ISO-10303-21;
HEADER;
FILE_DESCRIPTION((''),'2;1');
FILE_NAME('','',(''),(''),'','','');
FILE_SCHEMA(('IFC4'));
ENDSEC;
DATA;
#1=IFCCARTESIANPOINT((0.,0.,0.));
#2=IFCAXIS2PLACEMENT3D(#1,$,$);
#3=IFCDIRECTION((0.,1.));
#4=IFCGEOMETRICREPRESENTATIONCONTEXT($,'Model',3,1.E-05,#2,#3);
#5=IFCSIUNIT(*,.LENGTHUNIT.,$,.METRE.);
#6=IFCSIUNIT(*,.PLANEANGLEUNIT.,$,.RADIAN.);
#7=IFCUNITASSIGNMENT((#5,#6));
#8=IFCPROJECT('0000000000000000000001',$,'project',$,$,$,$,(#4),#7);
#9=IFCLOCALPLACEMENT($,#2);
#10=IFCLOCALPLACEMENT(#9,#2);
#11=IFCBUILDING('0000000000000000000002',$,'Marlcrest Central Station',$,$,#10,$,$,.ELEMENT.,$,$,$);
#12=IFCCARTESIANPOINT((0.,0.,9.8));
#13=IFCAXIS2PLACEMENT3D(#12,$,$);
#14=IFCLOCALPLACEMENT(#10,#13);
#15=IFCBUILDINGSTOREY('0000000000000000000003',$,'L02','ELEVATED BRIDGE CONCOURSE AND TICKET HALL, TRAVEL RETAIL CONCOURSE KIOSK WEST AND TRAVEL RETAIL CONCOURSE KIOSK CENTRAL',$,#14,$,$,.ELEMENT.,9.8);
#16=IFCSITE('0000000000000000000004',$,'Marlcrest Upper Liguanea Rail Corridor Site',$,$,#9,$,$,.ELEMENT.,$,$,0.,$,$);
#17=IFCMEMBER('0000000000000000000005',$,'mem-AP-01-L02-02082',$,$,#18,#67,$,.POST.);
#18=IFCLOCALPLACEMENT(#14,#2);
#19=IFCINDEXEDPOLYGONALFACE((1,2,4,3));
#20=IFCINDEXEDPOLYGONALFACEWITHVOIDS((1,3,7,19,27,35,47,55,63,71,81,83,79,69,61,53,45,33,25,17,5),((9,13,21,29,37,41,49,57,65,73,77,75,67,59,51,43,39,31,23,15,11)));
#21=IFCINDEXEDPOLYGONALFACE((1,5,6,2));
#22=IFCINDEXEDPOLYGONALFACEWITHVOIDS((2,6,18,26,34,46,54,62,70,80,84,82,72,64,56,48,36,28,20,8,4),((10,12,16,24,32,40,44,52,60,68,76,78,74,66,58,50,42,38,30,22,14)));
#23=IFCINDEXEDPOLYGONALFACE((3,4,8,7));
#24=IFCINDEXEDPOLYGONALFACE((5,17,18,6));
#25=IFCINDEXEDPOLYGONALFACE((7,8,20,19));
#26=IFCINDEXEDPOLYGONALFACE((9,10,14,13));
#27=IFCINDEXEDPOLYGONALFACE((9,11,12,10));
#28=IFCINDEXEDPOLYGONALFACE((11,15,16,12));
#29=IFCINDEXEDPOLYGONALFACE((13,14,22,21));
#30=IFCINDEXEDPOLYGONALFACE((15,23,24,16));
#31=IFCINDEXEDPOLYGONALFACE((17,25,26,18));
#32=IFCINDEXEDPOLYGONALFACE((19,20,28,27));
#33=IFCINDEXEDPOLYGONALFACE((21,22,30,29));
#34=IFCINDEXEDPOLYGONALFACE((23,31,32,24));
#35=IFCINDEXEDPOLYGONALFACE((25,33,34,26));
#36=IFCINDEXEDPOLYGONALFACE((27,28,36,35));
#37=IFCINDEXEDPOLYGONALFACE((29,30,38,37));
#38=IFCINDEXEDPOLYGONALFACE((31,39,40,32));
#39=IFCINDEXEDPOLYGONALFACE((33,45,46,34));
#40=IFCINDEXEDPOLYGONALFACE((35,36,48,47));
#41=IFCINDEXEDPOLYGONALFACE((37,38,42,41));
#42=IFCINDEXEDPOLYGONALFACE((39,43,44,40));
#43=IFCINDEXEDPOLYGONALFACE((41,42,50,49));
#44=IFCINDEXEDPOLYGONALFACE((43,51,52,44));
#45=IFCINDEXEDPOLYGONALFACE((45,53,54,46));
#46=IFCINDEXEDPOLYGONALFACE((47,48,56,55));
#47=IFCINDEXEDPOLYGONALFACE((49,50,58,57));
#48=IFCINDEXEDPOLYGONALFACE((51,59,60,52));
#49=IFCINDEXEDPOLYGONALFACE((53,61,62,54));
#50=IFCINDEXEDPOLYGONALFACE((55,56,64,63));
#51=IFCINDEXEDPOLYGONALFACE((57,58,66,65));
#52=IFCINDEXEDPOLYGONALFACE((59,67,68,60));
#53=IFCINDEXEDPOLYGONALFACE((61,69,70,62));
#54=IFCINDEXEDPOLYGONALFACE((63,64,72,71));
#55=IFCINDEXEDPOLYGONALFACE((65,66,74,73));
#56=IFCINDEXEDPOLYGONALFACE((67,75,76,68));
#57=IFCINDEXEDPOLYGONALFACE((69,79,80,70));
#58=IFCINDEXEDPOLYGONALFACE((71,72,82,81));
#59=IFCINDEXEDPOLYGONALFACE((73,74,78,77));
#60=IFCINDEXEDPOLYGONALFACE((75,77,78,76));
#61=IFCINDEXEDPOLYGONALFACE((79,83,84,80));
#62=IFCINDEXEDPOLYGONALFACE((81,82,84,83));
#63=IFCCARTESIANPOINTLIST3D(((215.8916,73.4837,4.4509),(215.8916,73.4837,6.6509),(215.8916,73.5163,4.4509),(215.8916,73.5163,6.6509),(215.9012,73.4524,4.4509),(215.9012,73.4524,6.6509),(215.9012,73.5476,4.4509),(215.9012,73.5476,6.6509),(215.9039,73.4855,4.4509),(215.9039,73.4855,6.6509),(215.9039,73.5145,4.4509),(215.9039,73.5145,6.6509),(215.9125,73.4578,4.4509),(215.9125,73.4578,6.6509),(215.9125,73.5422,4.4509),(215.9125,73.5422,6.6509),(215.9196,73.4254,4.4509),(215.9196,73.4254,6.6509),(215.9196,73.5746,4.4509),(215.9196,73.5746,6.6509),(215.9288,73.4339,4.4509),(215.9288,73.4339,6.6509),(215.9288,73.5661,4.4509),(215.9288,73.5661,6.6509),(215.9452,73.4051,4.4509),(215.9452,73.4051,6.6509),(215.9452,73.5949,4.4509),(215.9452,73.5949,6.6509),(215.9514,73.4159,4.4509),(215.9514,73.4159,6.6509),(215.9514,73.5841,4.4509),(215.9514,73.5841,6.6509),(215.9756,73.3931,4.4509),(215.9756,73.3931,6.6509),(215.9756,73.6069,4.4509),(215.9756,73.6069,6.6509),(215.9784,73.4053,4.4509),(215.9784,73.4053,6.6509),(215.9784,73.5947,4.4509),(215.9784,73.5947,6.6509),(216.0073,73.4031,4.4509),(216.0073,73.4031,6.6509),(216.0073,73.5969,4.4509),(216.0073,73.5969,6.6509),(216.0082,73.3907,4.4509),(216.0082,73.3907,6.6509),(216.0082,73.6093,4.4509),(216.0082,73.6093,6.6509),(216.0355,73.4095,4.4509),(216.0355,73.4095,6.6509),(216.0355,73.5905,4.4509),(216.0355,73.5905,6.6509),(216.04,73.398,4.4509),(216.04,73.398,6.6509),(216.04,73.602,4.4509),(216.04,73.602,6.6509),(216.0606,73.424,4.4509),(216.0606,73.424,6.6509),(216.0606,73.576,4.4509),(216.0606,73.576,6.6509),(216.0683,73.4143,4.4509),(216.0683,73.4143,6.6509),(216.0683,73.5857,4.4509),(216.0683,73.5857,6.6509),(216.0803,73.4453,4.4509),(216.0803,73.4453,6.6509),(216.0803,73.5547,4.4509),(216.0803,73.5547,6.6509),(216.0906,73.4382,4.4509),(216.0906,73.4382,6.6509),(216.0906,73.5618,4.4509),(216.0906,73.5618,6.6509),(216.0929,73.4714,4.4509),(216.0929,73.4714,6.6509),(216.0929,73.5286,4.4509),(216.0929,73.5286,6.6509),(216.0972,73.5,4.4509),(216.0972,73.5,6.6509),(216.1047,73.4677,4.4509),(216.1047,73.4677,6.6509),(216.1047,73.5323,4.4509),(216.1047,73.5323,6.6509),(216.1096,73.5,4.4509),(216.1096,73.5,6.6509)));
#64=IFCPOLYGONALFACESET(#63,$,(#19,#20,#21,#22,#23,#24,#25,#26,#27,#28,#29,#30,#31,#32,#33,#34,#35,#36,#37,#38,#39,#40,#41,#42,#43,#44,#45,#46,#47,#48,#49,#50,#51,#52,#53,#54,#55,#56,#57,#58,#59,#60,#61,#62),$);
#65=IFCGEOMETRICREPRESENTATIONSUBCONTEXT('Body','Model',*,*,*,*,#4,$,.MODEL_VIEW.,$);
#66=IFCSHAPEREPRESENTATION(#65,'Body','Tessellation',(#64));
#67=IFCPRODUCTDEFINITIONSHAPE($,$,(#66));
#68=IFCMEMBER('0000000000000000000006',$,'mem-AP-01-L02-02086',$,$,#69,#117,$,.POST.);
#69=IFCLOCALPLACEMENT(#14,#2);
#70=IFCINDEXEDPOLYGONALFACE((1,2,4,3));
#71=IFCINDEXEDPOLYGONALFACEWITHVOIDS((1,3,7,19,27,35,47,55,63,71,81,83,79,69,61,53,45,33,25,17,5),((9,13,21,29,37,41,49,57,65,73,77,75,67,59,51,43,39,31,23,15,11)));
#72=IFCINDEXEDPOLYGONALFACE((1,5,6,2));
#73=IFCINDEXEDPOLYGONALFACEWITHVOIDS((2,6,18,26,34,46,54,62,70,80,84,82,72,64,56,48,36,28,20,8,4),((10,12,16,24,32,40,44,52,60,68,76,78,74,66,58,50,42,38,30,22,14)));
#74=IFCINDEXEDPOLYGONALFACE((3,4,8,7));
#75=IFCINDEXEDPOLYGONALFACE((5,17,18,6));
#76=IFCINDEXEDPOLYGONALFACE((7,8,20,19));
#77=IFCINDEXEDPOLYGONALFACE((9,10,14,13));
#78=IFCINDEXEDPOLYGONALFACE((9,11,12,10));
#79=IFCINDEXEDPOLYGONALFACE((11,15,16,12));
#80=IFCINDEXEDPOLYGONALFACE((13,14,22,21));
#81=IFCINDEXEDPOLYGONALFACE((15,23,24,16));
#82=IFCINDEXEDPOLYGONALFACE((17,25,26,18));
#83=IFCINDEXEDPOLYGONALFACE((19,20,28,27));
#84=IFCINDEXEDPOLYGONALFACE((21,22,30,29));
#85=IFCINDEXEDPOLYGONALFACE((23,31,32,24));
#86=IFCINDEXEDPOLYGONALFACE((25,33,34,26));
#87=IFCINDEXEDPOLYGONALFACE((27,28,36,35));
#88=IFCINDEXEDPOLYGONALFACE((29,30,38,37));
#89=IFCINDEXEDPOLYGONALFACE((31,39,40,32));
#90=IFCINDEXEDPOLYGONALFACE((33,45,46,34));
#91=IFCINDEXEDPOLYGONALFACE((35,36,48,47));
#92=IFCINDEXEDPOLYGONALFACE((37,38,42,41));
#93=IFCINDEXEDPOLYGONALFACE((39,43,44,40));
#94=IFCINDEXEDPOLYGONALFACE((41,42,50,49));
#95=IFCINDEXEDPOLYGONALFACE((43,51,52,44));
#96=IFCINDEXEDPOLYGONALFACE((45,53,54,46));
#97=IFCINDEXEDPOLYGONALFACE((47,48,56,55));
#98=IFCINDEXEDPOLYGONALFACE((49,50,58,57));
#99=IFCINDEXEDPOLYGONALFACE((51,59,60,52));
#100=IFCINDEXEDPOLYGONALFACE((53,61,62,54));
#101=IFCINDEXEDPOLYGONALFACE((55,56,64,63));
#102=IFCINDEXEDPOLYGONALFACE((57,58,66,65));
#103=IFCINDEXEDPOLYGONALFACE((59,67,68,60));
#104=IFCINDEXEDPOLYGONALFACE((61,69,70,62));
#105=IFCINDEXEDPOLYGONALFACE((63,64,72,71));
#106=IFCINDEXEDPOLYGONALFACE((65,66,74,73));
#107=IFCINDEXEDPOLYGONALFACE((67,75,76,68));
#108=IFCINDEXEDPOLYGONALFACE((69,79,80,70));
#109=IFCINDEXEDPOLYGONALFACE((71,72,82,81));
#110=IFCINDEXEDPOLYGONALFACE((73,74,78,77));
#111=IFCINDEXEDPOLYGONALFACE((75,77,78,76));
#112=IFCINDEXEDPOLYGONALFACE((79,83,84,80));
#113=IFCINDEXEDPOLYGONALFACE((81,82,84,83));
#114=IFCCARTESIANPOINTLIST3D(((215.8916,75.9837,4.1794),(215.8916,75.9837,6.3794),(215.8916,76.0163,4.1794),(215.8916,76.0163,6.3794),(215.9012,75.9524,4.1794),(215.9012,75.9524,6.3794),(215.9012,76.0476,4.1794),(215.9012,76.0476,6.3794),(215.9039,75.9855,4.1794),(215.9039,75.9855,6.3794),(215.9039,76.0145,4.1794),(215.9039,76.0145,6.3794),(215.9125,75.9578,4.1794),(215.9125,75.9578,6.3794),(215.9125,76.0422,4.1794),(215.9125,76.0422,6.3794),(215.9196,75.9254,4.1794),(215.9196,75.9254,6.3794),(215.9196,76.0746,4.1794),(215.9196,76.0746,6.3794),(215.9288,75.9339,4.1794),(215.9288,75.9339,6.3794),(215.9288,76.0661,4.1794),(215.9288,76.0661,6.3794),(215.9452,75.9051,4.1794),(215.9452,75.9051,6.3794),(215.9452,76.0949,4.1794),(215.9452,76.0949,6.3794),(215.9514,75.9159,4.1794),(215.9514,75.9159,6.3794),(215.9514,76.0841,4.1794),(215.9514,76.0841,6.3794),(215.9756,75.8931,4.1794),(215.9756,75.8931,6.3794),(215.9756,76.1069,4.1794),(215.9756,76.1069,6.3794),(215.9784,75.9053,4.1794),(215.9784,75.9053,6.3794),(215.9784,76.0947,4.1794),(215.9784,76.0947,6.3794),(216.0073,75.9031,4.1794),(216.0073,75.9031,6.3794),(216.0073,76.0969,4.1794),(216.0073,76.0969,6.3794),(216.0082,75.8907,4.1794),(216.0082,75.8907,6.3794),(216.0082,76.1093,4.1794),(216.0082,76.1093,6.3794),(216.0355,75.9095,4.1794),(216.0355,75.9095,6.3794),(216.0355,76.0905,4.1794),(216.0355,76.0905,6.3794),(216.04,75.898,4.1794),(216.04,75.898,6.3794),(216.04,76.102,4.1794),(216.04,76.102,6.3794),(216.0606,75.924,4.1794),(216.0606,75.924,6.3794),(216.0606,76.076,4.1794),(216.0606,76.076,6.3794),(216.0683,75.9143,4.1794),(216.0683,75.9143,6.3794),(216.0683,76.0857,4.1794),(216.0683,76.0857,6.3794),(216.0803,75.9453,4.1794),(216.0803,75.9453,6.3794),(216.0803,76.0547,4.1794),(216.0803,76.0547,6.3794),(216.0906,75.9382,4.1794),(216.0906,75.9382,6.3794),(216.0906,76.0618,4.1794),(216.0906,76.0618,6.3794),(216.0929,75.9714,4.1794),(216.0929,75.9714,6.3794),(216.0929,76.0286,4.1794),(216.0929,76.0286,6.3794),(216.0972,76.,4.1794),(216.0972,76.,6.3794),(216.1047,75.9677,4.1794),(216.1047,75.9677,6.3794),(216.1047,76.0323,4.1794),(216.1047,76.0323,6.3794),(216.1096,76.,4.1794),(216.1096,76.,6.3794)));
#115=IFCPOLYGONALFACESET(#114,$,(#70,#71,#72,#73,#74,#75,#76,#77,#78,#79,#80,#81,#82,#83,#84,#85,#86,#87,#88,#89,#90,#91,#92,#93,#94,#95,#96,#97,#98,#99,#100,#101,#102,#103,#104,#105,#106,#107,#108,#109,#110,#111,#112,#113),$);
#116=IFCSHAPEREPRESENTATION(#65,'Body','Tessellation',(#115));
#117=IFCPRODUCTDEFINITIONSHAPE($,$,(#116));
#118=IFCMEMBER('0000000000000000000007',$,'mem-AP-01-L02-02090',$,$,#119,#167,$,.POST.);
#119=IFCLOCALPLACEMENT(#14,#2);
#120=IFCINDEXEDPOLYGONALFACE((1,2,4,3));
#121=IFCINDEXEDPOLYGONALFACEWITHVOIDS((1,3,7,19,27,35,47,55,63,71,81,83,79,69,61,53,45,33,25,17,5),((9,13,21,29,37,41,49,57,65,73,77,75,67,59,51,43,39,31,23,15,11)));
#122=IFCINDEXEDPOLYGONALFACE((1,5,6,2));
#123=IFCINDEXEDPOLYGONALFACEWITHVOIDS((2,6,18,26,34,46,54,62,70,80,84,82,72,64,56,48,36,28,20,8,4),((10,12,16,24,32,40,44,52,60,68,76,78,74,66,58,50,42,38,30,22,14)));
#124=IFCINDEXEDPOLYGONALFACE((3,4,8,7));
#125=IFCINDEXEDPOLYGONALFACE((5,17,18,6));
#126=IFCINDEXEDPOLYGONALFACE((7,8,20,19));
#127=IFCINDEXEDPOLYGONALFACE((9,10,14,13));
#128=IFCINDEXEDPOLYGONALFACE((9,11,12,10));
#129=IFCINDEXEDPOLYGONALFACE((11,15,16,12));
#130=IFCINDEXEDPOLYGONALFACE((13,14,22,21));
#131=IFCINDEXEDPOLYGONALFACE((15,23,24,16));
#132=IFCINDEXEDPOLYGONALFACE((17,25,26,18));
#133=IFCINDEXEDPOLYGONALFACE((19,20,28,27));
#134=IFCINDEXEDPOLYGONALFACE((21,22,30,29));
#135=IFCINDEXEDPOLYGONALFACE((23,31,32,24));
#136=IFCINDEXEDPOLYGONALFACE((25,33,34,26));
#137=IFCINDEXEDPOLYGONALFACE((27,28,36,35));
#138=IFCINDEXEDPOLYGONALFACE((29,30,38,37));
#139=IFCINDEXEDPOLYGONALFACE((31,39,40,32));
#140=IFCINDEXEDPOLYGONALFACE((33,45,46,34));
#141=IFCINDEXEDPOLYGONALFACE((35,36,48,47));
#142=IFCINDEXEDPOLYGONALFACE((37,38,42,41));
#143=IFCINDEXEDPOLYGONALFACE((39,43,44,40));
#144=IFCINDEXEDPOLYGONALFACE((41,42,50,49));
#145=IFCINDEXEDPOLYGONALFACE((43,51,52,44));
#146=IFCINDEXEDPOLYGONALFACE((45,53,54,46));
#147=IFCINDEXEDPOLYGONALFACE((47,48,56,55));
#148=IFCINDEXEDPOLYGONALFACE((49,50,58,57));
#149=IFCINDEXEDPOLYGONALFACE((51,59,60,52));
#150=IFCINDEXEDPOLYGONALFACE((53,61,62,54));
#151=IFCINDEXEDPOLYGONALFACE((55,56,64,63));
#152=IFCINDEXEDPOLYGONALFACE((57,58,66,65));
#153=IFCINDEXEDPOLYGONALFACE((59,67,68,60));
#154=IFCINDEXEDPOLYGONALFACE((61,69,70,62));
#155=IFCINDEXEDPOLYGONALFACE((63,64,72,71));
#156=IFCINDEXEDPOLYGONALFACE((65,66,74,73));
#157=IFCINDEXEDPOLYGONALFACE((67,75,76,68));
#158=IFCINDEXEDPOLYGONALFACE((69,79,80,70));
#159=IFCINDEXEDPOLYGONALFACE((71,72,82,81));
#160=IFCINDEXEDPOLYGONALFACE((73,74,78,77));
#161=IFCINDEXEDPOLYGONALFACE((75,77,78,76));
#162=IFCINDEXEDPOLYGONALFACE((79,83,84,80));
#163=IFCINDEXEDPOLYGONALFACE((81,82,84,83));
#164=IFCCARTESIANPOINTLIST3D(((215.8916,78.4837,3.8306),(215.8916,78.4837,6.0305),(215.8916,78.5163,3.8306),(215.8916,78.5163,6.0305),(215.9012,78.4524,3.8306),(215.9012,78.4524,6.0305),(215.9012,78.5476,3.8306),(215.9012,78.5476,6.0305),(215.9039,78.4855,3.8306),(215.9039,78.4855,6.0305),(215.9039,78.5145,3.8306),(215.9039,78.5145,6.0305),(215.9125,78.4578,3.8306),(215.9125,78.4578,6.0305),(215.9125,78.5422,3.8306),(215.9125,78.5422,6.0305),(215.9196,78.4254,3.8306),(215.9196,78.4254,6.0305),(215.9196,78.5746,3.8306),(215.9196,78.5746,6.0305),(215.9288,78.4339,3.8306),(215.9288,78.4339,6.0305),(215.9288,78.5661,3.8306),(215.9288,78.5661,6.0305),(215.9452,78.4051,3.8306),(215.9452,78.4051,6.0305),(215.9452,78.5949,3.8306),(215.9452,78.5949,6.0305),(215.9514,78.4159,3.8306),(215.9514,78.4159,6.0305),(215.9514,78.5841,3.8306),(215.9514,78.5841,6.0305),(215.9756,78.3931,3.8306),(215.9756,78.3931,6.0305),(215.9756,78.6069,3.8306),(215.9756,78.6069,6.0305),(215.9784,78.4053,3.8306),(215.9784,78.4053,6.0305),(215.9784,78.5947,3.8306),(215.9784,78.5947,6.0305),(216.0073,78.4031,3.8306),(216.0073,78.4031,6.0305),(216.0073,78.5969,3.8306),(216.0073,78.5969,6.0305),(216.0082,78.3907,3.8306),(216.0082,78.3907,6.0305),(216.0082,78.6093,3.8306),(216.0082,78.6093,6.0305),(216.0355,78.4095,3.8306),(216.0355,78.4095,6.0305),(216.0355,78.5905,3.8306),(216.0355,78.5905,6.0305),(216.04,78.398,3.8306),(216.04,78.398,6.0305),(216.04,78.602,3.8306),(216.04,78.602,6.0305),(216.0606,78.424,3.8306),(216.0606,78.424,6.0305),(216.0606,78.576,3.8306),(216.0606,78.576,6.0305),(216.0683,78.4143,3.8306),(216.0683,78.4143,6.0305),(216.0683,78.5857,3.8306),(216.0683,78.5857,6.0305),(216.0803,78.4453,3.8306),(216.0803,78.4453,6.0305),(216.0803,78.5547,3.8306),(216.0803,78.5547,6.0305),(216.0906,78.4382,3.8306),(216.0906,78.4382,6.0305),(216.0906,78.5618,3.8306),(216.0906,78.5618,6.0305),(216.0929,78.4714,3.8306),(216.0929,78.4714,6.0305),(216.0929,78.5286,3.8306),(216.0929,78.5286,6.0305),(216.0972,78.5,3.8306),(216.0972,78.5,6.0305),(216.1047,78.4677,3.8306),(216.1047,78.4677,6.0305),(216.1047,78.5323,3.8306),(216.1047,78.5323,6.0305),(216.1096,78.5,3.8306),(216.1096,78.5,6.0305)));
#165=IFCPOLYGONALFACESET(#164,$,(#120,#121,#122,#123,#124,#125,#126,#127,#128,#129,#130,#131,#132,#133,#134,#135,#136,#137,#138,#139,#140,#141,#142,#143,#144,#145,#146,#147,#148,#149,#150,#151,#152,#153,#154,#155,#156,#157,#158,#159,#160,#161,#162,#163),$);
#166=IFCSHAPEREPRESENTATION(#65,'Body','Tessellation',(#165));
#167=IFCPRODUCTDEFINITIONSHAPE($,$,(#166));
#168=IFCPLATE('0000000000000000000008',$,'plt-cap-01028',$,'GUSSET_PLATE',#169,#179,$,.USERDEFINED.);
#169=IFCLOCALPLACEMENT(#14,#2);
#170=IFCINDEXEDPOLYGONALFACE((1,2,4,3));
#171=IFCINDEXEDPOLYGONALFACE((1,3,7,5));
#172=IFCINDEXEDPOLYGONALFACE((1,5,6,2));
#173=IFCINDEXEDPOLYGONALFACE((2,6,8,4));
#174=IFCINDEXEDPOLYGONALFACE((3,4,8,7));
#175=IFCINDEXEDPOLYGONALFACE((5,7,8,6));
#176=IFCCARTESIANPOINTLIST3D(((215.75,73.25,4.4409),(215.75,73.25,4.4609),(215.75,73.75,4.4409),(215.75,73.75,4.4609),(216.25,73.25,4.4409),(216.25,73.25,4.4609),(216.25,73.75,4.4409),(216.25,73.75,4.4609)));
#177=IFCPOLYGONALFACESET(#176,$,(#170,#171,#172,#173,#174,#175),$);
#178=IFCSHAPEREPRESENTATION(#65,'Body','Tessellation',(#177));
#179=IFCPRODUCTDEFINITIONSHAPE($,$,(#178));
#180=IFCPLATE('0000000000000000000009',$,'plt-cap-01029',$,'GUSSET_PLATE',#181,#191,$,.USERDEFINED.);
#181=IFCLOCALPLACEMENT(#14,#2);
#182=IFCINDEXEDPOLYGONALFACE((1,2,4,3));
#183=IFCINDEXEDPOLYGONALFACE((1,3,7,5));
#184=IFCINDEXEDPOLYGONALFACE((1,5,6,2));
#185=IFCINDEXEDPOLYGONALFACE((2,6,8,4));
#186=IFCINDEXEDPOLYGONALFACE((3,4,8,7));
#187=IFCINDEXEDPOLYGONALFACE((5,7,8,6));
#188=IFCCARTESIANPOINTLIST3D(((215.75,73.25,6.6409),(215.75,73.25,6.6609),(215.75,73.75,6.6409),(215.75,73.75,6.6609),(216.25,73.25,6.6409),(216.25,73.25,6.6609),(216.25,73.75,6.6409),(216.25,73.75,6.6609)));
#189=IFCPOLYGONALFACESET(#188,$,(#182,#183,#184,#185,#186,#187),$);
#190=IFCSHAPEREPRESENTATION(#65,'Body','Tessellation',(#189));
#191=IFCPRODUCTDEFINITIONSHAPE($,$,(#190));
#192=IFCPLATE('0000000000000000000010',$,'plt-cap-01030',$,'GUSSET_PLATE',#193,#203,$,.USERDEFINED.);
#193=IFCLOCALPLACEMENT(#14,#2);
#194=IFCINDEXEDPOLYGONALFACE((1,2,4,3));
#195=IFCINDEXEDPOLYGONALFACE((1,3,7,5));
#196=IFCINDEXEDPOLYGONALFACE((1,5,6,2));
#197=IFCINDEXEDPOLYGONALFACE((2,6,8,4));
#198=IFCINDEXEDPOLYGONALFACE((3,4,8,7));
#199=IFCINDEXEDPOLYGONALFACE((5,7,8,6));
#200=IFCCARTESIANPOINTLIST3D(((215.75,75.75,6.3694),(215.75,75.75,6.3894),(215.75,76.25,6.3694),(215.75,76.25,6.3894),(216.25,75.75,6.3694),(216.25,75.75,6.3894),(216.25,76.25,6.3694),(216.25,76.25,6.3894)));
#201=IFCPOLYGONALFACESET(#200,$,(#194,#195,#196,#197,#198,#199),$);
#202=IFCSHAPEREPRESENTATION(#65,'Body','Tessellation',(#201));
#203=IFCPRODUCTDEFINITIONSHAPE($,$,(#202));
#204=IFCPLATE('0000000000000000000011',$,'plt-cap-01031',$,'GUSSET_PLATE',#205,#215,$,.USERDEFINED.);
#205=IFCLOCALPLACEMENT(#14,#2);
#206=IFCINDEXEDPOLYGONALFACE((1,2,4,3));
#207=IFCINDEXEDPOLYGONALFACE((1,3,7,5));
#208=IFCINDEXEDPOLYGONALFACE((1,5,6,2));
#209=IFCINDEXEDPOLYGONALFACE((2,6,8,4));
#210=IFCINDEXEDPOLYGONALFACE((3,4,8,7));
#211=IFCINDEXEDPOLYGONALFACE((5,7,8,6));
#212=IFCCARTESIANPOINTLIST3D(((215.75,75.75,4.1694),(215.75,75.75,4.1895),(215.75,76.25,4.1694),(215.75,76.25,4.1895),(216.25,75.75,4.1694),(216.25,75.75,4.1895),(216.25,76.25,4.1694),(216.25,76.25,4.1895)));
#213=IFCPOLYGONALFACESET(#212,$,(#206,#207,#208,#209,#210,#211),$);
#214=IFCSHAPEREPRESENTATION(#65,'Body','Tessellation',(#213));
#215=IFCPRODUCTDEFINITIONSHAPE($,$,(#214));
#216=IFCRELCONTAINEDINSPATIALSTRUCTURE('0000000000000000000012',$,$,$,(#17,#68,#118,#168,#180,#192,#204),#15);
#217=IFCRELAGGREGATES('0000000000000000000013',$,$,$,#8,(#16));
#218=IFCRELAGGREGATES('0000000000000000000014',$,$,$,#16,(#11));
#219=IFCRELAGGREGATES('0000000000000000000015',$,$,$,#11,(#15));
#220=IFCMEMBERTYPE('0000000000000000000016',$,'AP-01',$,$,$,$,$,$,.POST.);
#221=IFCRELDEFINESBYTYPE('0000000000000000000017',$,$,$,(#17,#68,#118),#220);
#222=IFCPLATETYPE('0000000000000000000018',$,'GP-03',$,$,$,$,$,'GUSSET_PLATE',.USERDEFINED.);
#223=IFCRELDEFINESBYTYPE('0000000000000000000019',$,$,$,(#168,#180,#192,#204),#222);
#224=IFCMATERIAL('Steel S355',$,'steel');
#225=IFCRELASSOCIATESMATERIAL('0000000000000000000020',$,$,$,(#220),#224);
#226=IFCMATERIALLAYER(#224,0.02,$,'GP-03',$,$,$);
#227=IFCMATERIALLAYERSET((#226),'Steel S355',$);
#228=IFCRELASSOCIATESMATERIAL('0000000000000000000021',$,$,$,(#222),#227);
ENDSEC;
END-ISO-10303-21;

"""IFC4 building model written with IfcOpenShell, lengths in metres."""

from ifc_helpers import new_model, si_unit, direction, frame, origin, origin_2d, place, context, subcontext, project, spatial, rectangle, hollow_circle, extrude, material, layer, layer_set, material_profile, profile_set, type_object, element, save


model = new_model("IFC4")

# Units and contexts
model_context = context("Model", 3, precision=1e-05, world=origin(), true_north=direction((0.0, 1.0)))
body_context = subcontext(model_context, "Body", "Model", "MODEL_VIEW")
ifc_project = project(units=[si_unit("LENGTHUNIT", "METRE"), si_unit("PLANEANGLEUNIT", "RADIAN")], contexts=[model_context])

# Site, building, storey
site_placement = place(None, origin())
site = spatial("IfcSite", under=ifc_project, at=site_placement, Name="Marlcrest Upper Liguanea Rail Corridor Site", CompositionType="ELEMENT", RefElevation=0.0)
building_placement = place(site_placement, origin())
building = spatial("IfcBuilding", under=site, at=building_placement, Name="Marlcrest Central Station", CompositionType="ELEMENT")
storey_placement = place(building_placement, frame((0.0, 0.0, 9.8)))
storey = spatial("IfcBuildingStorey", under=building, at=storey_placement, Name="L02", Description="ELEVATED BRIDGE CONCOURSE AND TICKET HALL, TRAVEL RETAIL CONCOURSE KIOSK WEST AND TRAVEL RETAIL CONCOURSE KIOSK CENTRAL", CompositionType="ELEMENT", Elevation=9.8)

# Members
ifc_material = material(Name="Steel S355", Category="steel")
ifc_material_profile_1 = material_profile(ifc_material, hollow_circle(Radius=0.1096, WallThickness=0.0125, at=origin_2d()), Name="CHS 219.1x12.5")
ifc_profile_set_1 = profile_set([ifc_material_profile_1], Name="Steel S355")
member_type_1 = type_object("IfcMemberType", Name="AP-01", PredefinedType="POST", material=ifc_profile_set_1)
for number, where, z_axis, x_axis, name in (
    (1, (216.0, 73.5, 4.4509), (0.0, 0.0, 1.0), (1.0, 0.0, 0.0), "mem-AP-01-L02-02082"),
    (2, (216.0, 76.0, 4.1794), (0.0, 0.0, 1.0), (1.0, 0.0, 0.0), "mem-AP-01-L02-02086"),
    (3, (216.0, 78.5, 3.8306), (0.0, 0.0, 1.0), (1.0, 0.0, 0.0), "mem-AP-01-L02-02090"),
):
    element("IfcMember", number, at=place(storey_placement, frame(where, z_axis=z_axis, x_axis=x_axis)), inside=storey, type_object=member_type_1, Name=name, PredefinedType="POST", context=body_context, shape_type="SweptSolid", body=[
        extrude(hollow_circle(Radius=0.1096, WallThickness=0.0125, at=origin_2d()), origin(), (0.0, 0.0, 1.0), 2.2),
    ])

# Plates
ifc_layer = layer(ifc_material, 0.02, Name="GP-03")
ifc_layer_set = layer_set([ifc_layer], Name="Steel S355")
plate_type = type_object("IfcPlateType", Name="GP-03", ElementType="GUSSET_PLATE", PredefinedType="USERDEFINED", material=ifc_layer_set)
for number, where, z_axis, x_axis, name in (
    (4, (216.0, 73.5, 4.4409), (0.0, 0.0, 1.0), (1.0, 0.0, 0.0), "plt-cap-01028"),
    (5, (216.0, 73.5, 6.6409), (0.0, 0.0, 1.0), (1.0, 0.0, 0.0), "plt-cap-01029"),
    (6, (216.0, 76.0, 6.3694), (0.0, 0.0, 1.0), (1.0, 0.0, 0.0), "plt-cap-01030"),
    (7, (216.0, 76.0, 4.1694), (0.0, 0.0, 1.0), (1.0, 0.0, 0.0), "plt-cap-01031"),
):
    element("IfcPlate", number, at=place(storey_placement, frame(where, z_axis=z_axis, x_axis=x_axis)), inside=storey, type_object=plate_type, Name=name, ObjectType="GUSSET_PLATE", PredefinedType="USERDEFINED", context=body_context, shape_type="SweptSolid", body=[
        extrude(rectangle(XDim=0.5, YDim=0.5, at=origin_2d()), origin(), (0.0, 0.0, 1.0), 0.02),
    ])

save(model, "model.ifc")
